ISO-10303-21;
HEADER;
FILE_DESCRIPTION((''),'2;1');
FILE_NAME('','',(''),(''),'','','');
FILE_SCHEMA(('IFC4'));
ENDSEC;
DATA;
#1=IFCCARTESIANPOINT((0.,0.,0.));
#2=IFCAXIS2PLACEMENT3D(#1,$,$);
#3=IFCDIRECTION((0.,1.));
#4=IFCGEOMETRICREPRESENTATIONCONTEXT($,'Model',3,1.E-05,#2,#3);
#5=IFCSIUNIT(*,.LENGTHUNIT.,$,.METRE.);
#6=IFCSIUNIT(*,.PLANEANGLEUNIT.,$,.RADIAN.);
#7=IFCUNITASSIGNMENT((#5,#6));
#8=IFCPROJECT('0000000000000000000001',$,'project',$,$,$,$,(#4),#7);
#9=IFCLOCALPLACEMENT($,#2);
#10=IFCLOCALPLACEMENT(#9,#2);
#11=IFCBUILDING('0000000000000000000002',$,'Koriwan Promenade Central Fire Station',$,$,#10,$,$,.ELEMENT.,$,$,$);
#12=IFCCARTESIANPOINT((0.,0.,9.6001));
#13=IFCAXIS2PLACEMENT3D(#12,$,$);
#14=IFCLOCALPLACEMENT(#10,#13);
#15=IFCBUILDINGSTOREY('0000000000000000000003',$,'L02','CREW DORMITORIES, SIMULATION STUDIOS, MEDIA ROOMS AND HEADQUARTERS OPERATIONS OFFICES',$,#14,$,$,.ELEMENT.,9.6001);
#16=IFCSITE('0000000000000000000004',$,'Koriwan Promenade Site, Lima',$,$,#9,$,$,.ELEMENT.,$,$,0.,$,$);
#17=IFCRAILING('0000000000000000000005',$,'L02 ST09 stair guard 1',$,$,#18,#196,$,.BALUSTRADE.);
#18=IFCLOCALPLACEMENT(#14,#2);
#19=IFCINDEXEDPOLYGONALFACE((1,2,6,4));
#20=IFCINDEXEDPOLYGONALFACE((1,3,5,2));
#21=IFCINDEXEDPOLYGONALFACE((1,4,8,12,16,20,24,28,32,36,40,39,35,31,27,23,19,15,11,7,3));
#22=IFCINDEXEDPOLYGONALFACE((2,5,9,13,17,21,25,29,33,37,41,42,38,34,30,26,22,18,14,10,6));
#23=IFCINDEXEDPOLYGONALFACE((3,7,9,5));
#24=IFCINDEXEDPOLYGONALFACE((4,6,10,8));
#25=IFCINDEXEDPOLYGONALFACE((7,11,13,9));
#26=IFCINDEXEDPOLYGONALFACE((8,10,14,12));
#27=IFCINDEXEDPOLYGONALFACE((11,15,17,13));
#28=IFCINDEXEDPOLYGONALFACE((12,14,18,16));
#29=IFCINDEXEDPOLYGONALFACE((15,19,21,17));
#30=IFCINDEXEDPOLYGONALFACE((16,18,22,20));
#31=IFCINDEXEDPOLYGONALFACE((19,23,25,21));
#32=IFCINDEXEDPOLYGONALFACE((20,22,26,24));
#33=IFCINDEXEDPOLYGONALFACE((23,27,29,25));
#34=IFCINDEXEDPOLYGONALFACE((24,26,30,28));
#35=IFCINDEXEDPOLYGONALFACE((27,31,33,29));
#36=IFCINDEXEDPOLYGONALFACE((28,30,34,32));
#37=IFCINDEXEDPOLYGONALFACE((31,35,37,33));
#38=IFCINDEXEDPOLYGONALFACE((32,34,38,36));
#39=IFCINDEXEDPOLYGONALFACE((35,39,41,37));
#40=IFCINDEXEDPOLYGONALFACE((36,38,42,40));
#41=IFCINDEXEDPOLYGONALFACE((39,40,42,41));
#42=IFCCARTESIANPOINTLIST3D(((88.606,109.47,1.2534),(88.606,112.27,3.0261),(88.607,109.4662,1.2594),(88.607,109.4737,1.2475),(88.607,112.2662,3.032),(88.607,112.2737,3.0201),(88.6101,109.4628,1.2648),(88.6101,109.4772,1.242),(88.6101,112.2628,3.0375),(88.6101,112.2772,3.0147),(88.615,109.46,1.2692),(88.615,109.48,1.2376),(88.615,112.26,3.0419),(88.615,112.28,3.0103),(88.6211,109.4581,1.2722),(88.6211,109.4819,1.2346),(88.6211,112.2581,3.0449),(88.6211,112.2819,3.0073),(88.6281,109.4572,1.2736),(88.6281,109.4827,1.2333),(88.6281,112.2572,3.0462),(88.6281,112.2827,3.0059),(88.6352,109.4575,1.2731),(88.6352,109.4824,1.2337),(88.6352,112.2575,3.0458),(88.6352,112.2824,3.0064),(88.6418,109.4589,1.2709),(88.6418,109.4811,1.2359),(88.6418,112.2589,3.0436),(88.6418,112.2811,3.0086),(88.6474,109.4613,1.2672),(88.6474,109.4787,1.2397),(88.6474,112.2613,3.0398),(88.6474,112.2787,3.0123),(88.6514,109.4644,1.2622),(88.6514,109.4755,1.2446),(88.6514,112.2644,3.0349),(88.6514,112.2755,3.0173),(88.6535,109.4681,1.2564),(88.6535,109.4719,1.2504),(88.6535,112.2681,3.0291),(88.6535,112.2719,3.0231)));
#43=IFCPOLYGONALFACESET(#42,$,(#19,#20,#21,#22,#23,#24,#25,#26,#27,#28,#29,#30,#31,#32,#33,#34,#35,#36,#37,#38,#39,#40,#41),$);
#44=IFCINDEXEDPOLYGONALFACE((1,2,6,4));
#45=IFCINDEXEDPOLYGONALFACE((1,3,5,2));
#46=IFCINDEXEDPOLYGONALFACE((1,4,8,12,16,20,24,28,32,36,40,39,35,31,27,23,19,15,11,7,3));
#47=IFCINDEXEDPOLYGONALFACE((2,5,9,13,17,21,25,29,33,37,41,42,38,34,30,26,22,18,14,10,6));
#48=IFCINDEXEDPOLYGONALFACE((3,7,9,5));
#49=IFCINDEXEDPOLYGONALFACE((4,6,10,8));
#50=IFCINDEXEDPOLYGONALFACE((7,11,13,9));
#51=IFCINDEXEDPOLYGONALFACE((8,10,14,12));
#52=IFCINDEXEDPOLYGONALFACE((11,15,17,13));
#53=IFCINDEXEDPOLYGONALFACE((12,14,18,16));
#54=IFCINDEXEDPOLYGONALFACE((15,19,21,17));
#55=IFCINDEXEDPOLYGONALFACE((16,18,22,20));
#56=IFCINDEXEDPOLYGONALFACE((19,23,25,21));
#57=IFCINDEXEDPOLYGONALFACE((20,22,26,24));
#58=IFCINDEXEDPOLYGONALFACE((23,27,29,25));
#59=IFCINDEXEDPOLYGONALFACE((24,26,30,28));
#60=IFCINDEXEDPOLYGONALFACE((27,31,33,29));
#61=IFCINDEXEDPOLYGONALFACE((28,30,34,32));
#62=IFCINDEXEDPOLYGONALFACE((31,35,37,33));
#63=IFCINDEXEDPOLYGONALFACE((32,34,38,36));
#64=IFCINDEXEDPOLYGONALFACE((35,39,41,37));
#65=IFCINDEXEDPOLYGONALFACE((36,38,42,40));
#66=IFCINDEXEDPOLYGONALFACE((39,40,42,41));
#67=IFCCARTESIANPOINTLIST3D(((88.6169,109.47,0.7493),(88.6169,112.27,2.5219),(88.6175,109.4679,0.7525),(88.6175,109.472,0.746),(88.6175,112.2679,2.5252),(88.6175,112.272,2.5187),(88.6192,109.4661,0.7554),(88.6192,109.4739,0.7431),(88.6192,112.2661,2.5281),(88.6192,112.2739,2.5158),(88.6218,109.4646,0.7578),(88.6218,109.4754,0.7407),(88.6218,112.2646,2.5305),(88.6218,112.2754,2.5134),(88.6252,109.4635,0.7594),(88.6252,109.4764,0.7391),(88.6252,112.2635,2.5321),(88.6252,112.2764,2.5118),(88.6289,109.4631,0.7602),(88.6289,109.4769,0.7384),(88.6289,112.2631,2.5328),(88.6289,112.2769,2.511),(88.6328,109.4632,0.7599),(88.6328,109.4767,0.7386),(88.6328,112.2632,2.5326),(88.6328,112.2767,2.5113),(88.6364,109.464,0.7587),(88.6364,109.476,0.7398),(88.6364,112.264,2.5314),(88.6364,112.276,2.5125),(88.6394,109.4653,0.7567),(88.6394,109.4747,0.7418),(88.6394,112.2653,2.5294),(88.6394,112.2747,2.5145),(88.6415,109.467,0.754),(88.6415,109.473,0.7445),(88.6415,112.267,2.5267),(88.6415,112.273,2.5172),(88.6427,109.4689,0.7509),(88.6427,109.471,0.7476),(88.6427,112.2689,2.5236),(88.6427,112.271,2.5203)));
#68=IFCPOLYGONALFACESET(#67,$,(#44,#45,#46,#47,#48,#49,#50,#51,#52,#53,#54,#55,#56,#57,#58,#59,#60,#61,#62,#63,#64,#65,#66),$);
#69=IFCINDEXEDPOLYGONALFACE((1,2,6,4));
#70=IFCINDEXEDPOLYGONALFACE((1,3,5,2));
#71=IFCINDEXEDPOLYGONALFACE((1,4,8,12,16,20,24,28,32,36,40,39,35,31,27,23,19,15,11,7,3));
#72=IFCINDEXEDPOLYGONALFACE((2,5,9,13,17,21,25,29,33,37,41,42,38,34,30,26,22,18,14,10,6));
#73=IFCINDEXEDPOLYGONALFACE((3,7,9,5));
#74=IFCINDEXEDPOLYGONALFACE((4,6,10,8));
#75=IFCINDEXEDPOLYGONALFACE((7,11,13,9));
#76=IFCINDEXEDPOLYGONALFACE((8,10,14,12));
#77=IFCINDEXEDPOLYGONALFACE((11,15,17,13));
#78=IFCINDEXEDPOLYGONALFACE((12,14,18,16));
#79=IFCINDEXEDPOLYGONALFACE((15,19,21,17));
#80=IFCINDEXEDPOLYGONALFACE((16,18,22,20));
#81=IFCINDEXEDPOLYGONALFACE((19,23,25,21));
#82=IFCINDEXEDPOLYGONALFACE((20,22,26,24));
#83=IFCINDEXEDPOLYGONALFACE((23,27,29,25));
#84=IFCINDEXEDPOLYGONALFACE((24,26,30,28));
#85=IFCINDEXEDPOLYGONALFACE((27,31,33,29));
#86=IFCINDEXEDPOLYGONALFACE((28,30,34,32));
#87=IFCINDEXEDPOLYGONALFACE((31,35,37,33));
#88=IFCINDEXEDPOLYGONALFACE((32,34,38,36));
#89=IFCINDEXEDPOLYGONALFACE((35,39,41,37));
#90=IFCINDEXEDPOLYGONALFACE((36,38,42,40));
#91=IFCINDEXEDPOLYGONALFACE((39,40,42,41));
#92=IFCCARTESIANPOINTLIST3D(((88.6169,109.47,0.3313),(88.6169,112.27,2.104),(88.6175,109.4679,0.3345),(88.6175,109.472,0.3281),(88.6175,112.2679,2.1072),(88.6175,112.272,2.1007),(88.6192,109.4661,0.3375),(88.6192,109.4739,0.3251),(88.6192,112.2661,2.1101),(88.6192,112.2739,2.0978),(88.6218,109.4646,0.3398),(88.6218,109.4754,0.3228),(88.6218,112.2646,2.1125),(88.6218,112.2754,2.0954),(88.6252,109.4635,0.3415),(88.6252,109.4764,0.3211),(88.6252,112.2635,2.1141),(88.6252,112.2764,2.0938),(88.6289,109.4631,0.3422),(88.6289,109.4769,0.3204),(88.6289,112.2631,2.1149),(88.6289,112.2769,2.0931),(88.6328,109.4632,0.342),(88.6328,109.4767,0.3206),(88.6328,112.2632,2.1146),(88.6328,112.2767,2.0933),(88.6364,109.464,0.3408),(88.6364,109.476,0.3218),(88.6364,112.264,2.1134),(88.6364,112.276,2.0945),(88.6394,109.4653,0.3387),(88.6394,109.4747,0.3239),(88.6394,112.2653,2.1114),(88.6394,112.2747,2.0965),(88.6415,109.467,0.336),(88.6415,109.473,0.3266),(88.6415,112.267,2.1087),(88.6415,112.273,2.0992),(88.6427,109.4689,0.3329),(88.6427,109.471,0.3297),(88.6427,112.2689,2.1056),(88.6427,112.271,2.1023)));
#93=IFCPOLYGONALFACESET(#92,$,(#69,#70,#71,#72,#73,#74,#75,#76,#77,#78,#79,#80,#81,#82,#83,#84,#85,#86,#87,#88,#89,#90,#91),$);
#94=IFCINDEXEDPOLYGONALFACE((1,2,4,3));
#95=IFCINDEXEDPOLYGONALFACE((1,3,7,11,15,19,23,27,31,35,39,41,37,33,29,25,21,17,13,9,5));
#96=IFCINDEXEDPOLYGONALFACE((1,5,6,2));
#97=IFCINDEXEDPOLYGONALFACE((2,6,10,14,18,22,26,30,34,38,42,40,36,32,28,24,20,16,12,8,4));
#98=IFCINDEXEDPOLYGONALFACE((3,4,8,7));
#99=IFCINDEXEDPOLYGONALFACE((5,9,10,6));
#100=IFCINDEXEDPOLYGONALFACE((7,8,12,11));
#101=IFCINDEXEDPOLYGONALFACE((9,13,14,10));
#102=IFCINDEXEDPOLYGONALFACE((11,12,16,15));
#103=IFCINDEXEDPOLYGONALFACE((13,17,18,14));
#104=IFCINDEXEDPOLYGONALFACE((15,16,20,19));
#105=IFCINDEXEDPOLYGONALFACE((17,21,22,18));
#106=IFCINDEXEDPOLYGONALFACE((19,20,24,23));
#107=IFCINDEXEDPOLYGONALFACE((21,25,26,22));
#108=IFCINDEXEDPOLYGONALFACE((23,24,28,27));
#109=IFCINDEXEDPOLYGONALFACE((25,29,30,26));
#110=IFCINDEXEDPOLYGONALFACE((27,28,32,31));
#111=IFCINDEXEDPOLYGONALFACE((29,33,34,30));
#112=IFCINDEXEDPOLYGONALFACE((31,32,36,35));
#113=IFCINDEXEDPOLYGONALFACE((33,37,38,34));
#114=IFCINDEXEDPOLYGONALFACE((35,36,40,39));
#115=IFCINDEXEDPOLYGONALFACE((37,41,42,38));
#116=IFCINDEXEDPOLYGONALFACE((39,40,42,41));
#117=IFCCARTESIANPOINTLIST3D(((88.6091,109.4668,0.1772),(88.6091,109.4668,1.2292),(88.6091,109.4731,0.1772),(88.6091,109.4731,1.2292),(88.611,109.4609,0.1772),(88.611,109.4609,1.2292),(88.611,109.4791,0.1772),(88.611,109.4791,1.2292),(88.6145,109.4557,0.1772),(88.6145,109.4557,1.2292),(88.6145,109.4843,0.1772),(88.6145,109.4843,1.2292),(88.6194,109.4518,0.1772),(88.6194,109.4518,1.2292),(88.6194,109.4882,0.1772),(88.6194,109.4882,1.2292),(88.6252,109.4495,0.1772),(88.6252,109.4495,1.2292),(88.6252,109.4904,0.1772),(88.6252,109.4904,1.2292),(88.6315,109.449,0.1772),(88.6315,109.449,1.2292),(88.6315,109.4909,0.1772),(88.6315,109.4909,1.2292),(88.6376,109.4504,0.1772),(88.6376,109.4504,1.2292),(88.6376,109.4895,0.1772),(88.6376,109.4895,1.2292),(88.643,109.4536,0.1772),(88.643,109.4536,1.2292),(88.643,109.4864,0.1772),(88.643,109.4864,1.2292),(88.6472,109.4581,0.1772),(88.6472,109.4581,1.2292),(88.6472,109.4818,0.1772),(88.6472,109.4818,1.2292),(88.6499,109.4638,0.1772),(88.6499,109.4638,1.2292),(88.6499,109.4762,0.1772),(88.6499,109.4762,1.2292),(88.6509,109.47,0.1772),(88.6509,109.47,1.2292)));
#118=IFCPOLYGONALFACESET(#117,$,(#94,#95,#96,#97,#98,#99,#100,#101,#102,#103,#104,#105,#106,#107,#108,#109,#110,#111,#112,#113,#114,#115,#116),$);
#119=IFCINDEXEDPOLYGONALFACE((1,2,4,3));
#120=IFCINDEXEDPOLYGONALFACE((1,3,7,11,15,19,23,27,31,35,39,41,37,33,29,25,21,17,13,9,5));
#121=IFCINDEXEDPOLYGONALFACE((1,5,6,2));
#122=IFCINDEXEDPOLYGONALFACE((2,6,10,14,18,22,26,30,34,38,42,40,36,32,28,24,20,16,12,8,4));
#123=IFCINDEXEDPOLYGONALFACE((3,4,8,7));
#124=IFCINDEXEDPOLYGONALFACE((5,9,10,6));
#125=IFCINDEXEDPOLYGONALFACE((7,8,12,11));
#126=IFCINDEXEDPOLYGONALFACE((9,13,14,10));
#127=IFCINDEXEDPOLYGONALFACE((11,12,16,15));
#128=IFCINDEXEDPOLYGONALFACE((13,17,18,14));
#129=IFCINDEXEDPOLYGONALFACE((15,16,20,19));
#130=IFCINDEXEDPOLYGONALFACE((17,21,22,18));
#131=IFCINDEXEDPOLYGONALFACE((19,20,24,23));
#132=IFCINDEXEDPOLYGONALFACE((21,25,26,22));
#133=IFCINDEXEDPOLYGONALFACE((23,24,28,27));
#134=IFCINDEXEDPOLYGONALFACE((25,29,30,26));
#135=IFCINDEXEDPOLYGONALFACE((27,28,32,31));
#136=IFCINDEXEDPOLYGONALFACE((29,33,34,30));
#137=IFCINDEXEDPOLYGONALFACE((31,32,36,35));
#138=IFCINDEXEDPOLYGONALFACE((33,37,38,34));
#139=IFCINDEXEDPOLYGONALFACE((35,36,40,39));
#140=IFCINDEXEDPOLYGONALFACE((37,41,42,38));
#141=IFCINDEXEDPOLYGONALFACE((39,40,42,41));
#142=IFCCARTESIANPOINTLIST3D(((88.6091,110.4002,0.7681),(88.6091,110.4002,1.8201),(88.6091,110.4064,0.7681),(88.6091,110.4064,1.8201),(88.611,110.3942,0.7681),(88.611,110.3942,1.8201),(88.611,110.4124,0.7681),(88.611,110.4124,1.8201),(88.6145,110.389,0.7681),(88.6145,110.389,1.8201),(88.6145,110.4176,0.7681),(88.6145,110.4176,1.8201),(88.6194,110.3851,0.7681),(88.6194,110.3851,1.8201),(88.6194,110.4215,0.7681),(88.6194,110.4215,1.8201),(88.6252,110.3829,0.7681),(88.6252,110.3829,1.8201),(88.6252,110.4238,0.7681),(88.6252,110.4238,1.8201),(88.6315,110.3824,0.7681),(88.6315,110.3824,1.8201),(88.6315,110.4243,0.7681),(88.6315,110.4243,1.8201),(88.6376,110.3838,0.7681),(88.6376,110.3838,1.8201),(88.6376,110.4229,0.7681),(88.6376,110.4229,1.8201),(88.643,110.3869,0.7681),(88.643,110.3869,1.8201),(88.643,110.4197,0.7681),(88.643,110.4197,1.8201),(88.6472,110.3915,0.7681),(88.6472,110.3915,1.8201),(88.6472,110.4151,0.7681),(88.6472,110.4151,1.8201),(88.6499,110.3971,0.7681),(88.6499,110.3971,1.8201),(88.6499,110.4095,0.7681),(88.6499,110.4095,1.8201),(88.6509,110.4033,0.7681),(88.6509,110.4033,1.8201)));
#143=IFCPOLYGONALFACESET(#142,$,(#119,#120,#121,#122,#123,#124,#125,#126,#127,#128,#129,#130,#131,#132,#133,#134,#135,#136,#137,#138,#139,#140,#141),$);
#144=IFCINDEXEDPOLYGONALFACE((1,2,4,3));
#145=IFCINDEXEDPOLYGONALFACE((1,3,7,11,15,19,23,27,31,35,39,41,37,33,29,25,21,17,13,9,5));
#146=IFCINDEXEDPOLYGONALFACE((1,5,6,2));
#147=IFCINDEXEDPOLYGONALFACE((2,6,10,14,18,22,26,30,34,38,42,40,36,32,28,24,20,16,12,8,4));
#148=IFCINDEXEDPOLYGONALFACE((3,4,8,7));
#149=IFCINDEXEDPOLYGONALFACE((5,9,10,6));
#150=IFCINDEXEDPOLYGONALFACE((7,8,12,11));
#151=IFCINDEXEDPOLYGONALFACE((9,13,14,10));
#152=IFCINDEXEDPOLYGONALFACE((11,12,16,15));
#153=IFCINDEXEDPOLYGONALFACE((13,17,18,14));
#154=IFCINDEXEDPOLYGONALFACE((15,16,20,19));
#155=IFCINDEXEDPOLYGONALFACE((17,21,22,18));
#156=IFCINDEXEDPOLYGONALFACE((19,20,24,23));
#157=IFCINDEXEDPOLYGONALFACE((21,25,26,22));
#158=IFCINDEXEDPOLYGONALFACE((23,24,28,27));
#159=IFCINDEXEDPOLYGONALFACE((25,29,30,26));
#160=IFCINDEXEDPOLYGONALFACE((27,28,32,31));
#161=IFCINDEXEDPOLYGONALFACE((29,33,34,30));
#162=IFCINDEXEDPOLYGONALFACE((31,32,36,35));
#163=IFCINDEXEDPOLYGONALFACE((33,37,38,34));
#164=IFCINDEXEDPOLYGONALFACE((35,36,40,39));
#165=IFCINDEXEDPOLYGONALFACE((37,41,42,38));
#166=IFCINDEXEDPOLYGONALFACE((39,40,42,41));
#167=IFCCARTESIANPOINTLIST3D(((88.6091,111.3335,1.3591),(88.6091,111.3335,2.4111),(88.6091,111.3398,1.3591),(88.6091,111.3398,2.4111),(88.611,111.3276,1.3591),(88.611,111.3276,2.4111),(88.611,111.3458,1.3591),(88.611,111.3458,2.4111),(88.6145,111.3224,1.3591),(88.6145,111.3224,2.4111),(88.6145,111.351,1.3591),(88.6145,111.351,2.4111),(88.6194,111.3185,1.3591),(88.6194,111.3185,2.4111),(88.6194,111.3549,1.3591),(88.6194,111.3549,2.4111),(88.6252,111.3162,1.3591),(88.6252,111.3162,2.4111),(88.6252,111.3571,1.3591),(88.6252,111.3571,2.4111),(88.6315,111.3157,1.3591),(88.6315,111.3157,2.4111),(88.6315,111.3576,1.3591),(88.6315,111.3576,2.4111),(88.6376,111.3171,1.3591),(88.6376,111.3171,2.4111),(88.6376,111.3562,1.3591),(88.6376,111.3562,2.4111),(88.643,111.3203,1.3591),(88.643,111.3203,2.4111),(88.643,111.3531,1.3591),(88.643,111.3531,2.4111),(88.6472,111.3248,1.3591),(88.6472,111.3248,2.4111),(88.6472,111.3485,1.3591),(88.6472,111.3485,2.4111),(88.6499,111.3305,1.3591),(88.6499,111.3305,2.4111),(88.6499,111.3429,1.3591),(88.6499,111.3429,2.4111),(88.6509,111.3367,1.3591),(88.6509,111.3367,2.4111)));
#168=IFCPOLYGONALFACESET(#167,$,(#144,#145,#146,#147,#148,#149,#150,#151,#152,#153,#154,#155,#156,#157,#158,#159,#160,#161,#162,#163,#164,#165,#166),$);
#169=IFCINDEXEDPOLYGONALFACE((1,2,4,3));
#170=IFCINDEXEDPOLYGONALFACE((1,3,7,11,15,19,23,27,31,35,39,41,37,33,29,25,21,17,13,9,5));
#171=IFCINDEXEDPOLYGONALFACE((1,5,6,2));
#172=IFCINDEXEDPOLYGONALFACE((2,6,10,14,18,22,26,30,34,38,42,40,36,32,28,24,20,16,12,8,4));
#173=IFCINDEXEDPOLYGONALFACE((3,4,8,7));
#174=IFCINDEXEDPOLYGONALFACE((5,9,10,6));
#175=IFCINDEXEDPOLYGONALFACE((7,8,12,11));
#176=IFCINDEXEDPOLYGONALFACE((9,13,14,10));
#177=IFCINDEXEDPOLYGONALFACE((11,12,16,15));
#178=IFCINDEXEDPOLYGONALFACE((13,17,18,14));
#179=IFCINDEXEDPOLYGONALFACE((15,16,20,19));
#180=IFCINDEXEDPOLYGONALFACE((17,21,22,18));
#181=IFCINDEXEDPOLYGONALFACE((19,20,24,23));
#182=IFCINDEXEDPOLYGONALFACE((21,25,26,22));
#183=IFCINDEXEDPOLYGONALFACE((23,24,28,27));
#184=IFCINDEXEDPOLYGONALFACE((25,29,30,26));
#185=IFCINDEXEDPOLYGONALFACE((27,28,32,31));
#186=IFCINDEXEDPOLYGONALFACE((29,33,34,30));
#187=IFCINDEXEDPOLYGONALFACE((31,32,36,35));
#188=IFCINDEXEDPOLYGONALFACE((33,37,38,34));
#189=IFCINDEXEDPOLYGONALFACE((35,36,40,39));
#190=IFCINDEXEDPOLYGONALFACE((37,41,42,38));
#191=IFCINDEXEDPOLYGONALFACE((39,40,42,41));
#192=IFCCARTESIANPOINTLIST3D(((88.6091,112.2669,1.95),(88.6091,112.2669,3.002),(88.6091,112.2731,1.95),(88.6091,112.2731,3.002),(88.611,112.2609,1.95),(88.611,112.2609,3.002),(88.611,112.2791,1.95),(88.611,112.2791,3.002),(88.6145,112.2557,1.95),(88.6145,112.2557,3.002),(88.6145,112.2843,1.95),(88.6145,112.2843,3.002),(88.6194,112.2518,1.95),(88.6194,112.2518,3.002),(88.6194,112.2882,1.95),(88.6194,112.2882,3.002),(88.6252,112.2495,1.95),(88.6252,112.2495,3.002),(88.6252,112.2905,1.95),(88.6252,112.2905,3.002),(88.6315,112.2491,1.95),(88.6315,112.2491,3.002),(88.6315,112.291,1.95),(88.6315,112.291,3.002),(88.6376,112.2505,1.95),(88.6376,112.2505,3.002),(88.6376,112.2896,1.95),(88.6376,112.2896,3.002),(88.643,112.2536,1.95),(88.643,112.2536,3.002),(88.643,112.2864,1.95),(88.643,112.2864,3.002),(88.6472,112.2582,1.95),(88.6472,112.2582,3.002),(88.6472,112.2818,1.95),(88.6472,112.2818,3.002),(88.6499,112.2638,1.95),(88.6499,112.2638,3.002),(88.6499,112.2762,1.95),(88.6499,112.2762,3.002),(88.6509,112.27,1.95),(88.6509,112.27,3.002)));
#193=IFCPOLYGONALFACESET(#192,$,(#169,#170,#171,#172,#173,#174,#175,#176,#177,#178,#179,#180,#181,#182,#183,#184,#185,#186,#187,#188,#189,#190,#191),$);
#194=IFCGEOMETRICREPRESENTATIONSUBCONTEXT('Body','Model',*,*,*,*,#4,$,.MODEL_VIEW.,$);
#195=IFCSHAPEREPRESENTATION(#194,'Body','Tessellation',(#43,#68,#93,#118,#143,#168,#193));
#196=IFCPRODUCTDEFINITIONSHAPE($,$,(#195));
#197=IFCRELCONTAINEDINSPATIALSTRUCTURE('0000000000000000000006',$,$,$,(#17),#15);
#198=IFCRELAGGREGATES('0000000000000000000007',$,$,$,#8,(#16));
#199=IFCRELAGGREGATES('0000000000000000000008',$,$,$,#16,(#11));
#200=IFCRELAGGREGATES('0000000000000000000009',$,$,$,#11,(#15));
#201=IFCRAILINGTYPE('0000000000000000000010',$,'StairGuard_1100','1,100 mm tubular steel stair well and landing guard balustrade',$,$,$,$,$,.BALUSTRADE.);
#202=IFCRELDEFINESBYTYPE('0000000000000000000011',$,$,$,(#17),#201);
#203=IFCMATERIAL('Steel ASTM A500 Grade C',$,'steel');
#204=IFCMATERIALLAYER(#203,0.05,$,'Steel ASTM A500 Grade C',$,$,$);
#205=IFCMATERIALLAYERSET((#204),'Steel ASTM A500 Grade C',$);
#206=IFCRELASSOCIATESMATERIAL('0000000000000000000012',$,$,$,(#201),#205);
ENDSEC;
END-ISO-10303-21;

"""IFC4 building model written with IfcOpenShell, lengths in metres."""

from ifc_helpers import new_model, si_unit, direction, frame, origin, origin_2d, place, context, subcontext, project, spatial, circle, extrude, material, layer, layer_set, type_object, element, save


model = new_model("IFC4")

# Units and contexts
model_context = context("Model", 3, precision=1e-05, world=origin(), true_north=direction((0.0, 1.0)))
body_context = subcontext(model_context, "Body", "Model", "MODEL_VIEW")
ifc_project = project(units=[si_unit("LENGTHUNIT", "METRE"), si_unit("PLANEANGLEUNIT", "RADIAN")], contexts=[model_context])

# Site, building, storey
site_placement = place(None, origin())
site = spatial("IfcSite", under=ifc_project, at=site_placement, Name="Koriwan Promenade Site, Lima", CompositionType="ELEMENT", RefElevation=0.0)
building_placement = place(site_placement, origin())
building = spatial("IfcBuilding", under=site, at=building_placement, Name="Koriwan Promenade Central Fire Station", CompositionType="ELEMENT")
storey_placement = place(building_placement, frame((0.0, 0.0, 9.6001)))
storey = spatial("IfcBuildingStorey", under=building, at=storey_placement, Name="L02", Description="CREW DORMITORIES, SIMULATION STUDIOS, MEDIA ROOMS AND HEADQUARTERS OPERATIONS OFFICES", CompositionType="ELEMENT", Elevation=9.6001)

# Railing
ifc_material_1 = material(Name="Steel ASTM A500 Grade C", Category="steel")
ifc_layer_1 = layer(ifc_material_1, 0.05, Name="Steel ASTM A500 Grade C")
ifc_layer_set_1 = layer_set([ifc_layer_1], Name="Steel ASTM A500 Grade C")
railing_type_1 = type_object("IfcRailingType", Name="StairGuard_1100", Description="1,100 mm tubular steel stair well and landing guard balustrade", PredefinedType="BALUSTRADE", material=ifc_layer_set_1)
railing_1_placement = place(storey_placement, frame((88.6299, 109.47, 0.1772)))
element("IfcRailing", 1, at=railing_1_placement, inside=storey, type_object=railing_type_1, Name="L02 ST09 stair guard 1", PredefinedType="BALUSTRADE", context=body_context, shape_type="SweptSolid", body=[
    extrude(circle(Radius=0.0239, at=origin_2d()), frame((0.0, 0.0, 1.0762), z_axis=(0.0, 0.844909, 0.53491), x_axis=(-1.0, 0.0, 0.0)), (0.0, 0.0, 1.0), 3.314),
    extrude(circle(Radius=0.0129, at=origin_2d()), frame((0.0, 0.0, 0.572), z_axis=(0.0, 0.844909, 0.53491), x_axis=(-1.0, 0.0, 0.0)), (0.0, 0.0, 1.0), 3.314),
    extrude(circle(Radius=0.0129, at=origin_2d()), frame((0.0, 0.0, 0.1541), z_axis=(0.0, 0.844909, 0.53491), x_axis=(-1.0, 0.0, 0.0)), (0.0, 0.0, 1.0), 3.314),
    extrude(circle(Radius=0.021, at=origin_2d()), origin(), (0.0, 0.0, 1.0), 1.052),
    extrude(circle(Radius=0.021, at=origin_2d()), frame((0.0, 0.9333, 0.5908)), (0.0, 0.0, 1.0), 1.052),
    extrude(circle(Radius=0.021, at=origin_2d()), frame((0.0, 1.8667, 1.1819)), (0.0, 0.0, 1.0), 1.052),
    extrude(circle(Radius=0.021, at=origin_2d()), frame((0.0, 2.8, 1.7727)), (0.0, 0.0, 1.0), 1.052),
])

save(model, "model.ifc")
